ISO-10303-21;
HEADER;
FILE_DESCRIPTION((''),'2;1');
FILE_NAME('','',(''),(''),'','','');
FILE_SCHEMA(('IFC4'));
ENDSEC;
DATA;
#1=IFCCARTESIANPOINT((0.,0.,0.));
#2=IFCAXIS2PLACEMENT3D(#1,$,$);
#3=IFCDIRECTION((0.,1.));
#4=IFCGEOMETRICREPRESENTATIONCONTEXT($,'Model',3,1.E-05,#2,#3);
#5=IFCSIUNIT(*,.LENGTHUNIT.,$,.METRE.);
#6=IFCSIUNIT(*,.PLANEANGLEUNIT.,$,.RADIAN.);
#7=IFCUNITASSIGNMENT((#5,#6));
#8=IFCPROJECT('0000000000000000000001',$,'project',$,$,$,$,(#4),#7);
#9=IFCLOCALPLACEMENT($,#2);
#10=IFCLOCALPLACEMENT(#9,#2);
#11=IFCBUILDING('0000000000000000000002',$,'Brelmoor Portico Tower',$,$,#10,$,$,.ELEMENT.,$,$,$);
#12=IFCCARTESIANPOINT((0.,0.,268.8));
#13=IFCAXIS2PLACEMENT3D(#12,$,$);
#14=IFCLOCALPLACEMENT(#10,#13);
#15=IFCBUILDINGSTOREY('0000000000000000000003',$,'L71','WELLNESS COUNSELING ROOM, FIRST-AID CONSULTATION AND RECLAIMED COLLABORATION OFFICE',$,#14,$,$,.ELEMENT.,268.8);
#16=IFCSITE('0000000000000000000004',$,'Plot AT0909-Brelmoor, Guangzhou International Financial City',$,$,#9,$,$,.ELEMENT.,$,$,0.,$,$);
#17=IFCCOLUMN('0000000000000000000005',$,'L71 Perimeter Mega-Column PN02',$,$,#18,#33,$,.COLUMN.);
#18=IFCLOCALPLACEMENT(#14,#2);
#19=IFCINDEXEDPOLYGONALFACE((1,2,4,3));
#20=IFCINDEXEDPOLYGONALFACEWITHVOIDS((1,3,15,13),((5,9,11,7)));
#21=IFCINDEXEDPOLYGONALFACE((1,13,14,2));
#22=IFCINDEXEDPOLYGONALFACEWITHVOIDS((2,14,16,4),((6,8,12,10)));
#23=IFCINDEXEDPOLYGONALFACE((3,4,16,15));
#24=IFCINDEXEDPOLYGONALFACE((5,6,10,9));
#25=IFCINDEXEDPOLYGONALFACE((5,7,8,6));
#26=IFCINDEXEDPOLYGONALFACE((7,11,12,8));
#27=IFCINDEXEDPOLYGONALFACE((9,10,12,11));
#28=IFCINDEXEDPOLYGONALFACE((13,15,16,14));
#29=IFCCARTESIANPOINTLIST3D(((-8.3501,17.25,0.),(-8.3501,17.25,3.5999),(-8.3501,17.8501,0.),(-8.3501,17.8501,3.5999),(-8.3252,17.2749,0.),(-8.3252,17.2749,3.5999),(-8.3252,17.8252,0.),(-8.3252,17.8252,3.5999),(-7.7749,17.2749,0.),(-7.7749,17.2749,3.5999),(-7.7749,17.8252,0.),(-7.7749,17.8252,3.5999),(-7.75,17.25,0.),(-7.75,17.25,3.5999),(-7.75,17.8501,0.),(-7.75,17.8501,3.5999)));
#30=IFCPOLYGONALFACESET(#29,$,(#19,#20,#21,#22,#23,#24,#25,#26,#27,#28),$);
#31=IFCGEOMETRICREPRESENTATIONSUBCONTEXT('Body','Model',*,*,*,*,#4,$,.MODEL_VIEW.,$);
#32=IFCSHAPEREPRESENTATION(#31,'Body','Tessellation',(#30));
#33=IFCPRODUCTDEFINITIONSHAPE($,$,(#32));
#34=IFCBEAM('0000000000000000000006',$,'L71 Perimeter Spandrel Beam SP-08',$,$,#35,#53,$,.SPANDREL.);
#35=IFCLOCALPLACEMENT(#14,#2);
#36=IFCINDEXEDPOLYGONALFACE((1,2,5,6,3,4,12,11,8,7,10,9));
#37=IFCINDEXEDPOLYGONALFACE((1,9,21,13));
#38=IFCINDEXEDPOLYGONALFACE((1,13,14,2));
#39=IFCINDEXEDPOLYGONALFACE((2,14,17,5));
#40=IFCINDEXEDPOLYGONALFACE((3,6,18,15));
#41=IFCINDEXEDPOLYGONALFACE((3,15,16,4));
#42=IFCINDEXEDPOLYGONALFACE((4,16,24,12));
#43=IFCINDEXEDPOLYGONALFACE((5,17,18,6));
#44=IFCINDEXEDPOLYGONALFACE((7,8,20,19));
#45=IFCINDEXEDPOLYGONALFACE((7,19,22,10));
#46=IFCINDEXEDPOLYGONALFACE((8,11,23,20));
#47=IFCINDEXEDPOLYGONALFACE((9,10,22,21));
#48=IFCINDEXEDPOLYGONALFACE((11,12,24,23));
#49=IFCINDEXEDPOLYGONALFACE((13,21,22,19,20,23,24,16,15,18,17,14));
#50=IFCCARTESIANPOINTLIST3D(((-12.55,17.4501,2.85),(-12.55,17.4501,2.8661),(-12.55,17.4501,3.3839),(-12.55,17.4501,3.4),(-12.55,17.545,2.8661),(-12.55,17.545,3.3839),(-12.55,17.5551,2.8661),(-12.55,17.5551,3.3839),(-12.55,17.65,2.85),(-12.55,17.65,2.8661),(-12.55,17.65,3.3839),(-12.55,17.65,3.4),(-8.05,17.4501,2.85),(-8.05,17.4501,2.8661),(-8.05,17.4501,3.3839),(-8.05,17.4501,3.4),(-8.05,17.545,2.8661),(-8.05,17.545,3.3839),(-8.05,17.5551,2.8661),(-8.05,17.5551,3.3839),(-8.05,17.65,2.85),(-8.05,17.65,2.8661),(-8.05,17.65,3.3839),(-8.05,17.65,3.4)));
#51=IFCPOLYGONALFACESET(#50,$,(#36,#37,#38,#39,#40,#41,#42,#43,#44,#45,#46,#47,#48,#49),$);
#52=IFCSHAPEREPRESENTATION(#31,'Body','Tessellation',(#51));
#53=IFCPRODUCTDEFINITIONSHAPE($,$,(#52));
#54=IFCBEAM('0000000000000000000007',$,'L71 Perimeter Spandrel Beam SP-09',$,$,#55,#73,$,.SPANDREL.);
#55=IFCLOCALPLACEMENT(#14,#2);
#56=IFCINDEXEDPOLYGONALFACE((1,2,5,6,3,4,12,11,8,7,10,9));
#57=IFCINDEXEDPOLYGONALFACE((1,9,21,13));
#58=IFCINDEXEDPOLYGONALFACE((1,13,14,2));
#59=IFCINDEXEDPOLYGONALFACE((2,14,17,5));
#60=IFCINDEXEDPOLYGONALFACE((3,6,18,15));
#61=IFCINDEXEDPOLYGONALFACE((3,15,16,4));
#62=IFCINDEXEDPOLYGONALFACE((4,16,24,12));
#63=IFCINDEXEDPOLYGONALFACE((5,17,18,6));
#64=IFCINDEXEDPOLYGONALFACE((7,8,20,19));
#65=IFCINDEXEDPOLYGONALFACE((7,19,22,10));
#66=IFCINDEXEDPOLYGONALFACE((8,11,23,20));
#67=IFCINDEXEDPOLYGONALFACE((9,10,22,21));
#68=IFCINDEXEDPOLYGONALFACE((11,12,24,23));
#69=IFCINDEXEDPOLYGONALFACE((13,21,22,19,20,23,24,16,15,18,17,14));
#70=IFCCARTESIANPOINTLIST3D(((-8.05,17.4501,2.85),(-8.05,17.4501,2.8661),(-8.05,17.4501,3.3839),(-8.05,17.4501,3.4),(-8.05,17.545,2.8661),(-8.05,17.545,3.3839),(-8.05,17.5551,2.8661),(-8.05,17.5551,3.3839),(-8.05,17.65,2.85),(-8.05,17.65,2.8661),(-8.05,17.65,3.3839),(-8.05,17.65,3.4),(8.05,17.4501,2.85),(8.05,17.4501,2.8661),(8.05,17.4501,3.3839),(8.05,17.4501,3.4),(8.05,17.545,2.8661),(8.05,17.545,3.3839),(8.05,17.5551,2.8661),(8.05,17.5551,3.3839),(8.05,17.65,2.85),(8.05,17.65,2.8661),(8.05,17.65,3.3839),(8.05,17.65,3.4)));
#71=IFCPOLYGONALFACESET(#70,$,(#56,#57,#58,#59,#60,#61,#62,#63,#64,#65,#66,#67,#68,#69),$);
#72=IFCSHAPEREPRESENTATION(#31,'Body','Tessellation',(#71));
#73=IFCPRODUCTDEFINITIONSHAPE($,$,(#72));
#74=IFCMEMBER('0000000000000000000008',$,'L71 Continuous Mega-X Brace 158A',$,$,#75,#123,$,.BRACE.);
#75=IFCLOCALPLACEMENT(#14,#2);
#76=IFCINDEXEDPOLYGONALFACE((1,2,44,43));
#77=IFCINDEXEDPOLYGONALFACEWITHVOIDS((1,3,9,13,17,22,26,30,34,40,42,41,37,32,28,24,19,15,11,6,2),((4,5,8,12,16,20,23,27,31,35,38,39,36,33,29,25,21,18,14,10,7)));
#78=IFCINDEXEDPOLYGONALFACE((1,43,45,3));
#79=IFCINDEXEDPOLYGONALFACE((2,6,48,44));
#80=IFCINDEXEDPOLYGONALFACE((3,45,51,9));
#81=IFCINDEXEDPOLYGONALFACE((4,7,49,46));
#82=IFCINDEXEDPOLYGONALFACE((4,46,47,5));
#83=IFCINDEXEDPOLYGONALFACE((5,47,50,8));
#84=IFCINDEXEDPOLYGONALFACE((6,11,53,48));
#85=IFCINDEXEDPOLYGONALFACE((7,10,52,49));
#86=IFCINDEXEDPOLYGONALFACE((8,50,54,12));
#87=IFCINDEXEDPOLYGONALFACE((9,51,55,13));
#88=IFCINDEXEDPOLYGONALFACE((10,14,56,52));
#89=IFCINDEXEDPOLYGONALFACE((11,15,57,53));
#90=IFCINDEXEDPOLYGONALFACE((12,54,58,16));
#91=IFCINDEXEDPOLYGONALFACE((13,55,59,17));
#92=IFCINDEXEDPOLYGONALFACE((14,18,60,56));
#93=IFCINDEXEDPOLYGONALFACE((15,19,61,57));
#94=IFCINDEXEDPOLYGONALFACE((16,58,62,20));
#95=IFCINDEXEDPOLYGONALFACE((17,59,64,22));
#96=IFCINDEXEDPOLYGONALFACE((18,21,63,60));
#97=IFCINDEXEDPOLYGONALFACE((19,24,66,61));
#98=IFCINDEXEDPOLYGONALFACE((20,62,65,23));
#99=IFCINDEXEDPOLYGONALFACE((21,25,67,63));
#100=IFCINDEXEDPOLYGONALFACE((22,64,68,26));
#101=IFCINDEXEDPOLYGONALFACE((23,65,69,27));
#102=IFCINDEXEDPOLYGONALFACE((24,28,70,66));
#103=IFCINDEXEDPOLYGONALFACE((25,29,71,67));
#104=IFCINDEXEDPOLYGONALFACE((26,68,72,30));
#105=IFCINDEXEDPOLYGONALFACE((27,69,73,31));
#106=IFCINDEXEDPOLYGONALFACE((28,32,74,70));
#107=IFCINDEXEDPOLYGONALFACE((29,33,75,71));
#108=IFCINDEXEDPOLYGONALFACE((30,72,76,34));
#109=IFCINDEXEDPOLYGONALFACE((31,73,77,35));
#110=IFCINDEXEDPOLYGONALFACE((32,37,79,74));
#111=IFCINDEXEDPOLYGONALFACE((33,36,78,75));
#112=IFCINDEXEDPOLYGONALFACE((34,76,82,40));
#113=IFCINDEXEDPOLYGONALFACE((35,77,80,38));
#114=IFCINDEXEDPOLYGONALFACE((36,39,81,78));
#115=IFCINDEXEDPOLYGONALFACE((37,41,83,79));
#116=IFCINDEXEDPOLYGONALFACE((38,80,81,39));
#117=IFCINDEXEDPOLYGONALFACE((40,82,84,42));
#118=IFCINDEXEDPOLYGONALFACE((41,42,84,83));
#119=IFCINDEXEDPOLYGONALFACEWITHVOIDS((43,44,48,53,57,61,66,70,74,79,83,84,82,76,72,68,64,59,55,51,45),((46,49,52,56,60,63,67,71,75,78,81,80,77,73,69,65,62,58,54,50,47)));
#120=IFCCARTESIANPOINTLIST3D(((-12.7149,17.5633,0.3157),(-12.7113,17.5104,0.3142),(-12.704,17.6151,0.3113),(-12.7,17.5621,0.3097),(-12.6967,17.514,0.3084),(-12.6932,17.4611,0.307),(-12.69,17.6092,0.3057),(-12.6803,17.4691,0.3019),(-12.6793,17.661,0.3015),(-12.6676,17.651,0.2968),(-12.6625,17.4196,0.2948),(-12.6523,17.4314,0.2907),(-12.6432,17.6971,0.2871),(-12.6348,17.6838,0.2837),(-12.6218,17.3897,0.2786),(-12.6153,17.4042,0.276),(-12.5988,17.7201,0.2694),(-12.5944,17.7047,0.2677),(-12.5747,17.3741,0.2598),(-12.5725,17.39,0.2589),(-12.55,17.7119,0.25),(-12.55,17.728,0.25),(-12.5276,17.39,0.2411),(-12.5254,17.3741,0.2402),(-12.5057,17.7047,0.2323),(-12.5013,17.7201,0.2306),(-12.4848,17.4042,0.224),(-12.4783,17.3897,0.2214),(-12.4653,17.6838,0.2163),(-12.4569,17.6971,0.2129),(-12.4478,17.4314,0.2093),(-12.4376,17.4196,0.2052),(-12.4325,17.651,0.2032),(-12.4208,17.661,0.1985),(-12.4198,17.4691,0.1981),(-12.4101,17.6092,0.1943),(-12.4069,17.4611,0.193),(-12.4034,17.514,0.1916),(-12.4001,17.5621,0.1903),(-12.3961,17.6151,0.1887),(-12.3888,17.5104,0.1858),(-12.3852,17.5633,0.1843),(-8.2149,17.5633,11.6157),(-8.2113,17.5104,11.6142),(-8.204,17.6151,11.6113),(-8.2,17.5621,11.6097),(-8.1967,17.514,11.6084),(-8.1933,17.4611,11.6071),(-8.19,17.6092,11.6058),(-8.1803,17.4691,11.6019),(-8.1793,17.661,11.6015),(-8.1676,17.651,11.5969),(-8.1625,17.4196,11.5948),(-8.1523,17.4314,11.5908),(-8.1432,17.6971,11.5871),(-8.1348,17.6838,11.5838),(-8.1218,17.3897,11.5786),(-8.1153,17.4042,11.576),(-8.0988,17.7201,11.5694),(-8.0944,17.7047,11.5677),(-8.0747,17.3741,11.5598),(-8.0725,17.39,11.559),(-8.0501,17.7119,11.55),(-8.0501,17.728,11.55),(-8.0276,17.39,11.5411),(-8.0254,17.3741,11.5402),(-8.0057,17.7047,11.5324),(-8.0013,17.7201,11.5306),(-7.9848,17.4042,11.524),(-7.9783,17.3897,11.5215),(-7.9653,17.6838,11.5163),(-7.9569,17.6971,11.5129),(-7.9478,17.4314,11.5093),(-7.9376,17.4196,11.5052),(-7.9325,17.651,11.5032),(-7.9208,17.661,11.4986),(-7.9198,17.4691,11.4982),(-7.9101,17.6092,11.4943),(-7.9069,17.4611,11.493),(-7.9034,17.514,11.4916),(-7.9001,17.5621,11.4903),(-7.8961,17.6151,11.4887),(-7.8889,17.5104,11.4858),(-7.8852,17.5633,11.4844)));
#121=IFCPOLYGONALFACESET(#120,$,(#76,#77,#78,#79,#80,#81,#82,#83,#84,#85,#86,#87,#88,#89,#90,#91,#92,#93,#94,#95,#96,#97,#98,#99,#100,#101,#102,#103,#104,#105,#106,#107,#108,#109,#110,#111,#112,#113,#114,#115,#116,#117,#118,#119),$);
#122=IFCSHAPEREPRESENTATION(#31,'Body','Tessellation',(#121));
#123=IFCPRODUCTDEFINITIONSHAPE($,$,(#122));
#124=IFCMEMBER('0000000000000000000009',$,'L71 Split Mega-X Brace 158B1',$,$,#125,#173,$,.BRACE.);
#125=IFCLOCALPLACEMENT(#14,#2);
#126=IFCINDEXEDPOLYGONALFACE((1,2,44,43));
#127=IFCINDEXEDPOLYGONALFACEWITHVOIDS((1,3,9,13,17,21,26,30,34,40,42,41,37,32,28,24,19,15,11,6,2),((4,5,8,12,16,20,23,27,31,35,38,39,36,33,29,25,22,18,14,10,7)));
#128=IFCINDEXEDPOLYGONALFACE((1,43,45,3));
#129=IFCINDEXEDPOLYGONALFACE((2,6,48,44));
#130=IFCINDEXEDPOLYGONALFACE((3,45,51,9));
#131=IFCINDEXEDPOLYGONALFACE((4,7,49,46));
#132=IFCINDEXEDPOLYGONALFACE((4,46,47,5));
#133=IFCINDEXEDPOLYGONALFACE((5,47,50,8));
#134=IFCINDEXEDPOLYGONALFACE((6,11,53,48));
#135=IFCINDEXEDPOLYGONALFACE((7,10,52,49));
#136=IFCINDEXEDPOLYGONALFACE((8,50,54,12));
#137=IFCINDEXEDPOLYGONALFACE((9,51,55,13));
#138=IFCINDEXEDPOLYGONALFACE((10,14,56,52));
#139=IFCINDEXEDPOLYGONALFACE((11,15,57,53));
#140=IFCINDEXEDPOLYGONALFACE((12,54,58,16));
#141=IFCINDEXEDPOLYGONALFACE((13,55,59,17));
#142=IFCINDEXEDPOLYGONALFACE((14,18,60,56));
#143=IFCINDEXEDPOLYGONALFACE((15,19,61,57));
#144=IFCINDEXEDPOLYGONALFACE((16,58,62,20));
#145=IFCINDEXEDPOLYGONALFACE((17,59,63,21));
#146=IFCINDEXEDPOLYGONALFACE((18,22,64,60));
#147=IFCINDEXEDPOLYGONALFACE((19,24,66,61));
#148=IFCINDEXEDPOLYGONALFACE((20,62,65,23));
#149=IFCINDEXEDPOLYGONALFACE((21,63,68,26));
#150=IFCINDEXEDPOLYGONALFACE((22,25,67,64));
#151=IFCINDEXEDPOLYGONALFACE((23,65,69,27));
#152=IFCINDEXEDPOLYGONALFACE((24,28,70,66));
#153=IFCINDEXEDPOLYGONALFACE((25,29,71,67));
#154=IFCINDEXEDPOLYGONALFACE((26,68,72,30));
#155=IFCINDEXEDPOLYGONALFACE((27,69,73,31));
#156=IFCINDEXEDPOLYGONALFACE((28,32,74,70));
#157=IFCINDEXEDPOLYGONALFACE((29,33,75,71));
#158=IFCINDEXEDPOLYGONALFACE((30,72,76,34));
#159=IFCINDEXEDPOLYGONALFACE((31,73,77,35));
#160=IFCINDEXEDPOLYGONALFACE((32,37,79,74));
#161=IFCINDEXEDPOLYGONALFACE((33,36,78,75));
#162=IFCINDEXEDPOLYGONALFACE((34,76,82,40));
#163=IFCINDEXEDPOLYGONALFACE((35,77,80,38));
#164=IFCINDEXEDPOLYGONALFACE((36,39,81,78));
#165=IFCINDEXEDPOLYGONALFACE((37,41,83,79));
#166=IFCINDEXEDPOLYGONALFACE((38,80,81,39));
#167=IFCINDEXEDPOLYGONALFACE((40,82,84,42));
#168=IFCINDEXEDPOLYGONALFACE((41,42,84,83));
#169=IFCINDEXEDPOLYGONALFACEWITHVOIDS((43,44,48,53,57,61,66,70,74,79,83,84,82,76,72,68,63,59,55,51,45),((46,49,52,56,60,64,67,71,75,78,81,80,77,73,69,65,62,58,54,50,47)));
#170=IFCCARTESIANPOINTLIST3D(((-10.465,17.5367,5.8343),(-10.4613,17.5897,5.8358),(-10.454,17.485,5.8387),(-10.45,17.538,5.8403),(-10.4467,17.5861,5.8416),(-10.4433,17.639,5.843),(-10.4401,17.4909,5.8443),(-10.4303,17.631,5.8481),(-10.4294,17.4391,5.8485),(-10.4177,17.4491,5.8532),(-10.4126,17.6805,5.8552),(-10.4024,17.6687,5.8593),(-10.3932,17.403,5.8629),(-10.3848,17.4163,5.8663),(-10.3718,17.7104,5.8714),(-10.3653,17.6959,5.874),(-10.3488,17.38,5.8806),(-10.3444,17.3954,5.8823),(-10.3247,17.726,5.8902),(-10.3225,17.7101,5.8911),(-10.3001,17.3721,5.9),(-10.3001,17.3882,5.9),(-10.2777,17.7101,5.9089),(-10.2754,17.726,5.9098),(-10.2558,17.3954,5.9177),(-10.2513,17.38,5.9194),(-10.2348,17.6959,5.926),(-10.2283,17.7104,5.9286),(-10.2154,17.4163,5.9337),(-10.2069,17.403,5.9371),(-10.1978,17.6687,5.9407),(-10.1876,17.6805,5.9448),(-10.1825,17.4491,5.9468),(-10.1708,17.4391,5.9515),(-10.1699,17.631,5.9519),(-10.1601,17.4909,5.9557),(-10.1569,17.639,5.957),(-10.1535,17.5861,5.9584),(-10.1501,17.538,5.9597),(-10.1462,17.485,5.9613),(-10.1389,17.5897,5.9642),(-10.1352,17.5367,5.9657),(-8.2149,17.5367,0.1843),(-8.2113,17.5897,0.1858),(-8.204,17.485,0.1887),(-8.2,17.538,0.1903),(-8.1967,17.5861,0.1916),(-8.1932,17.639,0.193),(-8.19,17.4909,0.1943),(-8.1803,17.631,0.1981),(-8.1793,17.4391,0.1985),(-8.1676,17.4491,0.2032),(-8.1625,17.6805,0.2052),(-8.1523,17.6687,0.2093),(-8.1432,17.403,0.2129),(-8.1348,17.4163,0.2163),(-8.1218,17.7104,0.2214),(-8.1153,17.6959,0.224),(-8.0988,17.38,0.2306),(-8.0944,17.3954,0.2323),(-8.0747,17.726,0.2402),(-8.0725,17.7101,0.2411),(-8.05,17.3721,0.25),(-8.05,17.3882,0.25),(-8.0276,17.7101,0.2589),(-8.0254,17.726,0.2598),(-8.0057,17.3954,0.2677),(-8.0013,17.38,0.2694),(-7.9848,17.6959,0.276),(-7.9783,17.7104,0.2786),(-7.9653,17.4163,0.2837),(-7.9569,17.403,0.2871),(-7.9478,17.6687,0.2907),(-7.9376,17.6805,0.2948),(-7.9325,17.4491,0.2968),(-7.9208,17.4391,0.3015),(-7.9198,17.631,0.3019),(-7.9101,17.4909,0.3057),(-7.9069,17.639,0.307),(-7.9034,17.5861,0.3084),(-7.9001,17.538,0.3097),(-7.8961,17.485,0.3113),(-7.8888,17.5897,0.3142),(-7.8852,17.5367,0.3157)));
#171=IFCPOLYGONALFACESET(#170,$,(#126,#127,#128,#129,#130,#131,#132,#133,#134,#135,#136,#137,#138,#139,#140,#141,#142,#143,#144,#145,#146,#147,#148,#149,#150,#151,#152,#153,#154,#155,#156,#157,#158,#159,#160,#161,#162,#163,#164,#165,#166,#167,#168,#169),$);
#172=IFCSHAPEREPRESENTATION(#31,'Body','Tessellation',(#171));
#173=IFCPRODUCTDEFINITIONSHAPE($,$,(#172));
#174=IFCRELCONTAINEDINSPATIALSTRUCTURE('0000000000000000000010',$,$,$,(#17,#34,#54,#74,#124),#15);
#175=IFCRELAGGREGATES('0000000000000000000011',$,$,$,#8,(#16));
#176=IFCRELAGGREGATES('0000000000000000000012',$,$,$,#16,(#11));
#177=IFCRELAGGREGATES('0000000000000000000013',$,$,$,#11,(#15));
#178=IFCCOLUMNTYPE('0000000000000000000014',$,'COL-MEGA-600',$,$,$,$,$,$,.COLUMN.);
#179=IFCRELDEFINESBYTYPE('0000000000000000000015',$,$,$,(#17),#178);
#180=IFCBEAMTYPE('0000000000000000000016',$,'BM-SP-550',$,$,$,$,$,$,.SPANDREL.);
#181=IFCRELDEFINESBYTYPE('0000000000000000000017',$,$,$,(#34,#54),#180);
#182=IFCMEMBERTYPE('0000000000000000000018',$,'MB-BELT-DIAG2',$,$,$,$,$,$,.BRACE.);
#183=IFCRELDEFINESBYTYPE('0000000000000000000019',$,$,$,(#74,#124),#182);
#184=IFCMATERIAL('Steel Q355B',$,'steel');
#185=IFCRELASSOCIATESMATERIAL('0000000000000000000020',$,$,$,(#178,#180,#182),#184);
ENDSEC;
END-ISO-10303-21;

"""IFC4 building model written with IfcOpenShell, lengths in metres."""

from ifc_helpers import new_model, si_unit, direction, frame, origin, origin_2d, place, context, subcontext, project, spatial, hollow_rectangle, hollow_circle, i_section, extrude, material, material_profile, profile_set, type_object, element, save


model = new_model("IFC4")

# Units and contexts
model_context = context("Model", 3, precision=1e-05, world=origin(), true_north=direction((0.0, 1.0)))
body_context = subcontext(model_context, "Body", "Model", "MODEL_VIEW")
ifc_project = project(units=[si_unit("LENGTHUNIT", "METRE"), si_unit("PLANEANGLEUNIT", "RADIAN")], contexts=[model_context])

# Site, building, storey
site_placement = place(None, origin())
site = spatial("IfcSite", under=ifc_project, at=site_placement, Name="Plot AT0909-Brelmoor, Guangzhou International Financial City", CompositionType="ELEMENT", RefElevation=0.0)
building_placement = place(site_placement, origin())
building = spatial("IfcBuilding", under=site, at=building_placement, Name="Brelmoor Portico Tower", CompositionType="ELEMENT")
storey_placement = place(building_placement, frame((0.0, 0.0, 268.8)))
storey = spatial("IfcBuildingStorey", under=building, at=storey_placement, Name="L71", Description="WELLNESS COUNSELING ROOM, FIRST-AID CONSULTATION AND RECLAIMED COLLABORATION OFFICE", CompositionType="ELEMENT", Elevation=268.8)

# Column
ifc_material_1 = material(Name="Steel Q355B", Category="steel")
ifc_material_profile_1 = material_profile(ifc_material_1, hollow_rectangle(XDim=0.6001, YDim=0.6001, WallThickness=0.0249, at=origin_2d()), Name="BOX 600x600x25")
ifc_profile_set_1 = profile_set([ifc_material_profile_1], Name="Steel Q355B")
column_type = type_object("IfcColumnType", Name="COL-MEGA-600", PredefinedType="COLUMN", material=ifc_profile_set_1)
column_placement = place(storey_placement, frame((-8.05, 17.55, 0.0), z_axis=(0.0, 0.0, 1.0), x_axis=(1.0, 0.0, 0.0)))
element("IfcColumn", 1, at=column_placement, inside=storey, type_object=column_type, Name="L71 Perimeter Mega-Column PN02", PredefinedType="COLUMN", context=body_context, shape_type="SweptSolid", body=[
    extrude(hollow_rectangle(XDim=0.6001, YDim=0.6001, WallThickness=0.0249, at=origin_2d()), origin(), (0.0, 0.0, 1.0), 3.5999),
])

# Beams
ifc_material_profile_2 = material_profile(ifc_material_1, i_section(OverallWidth=0.2, OverallDepth=0.55, WebThickness=0.01, FlangeThickness=0.0161, at=origin_2d()), Name="HN 550x200x10x16")
ifc_profile_set_2 = profile_set([ifc_material_profile_2], Name="Steel Q355B")
beam_type = type_object("IfcBeamType", Name="BM-SP-550", PredefinedType="SPANDREL", material=ifc_profile_set_2)
beam_1_placement = place(storey_placement, frame((-12.55, 17.55, 3.125), z_axis=(1.0, 0.0, 0.0), x_axis=(0.0, 1.0, 0.0)))
element("IfcBeam", 2, at=beam_1_placement, inside=storey, type_object=beam_type, Name="L71 Perimeter Spandrel Beam SP-08", PredefinedType="SPANDREL", context=body_context, shape_type="SweptSolid", body=[
    extrude(i_section(OverallWidth=0.2, OverallDepth=0.55, WebThickness=0.01, FlangeThickness=0.0161, at=origin_2d()), origin(), (0.0, 0.0, 1.0), 4.5),
])
beam_2_placement = place(storey_placement, frame((-8.05, 17.55, 3.125), z_axis=(1.0, 0.0, 0.0), x_axis=(0.0, 1.0, 0.0)))
element("IfcBeam", 3, at=beam_2_placement, inside=storey, type_object=beam_type, Name="L71 Perimeter Spandrel Beam SP-09", PredefinedType="SPANDREL", context=body_context, shape_type="SweptSolid", body=[
    extrude(i_section(OverallWidth=0.2, OverallDepth=0.55, WebThickness=0.01, FlangeThickness=0.0161, at=origin_2d()), origin(), (0.0, 0.0, 1.0), 16.1001),
])

# Members
ifc_material_profile_3 = material_profile(ifc_material_1, hollow_circle(Radius=0.178, WallThickness=0.0161, at=origin_2d()), Name="CHS 356x16")
ifc_profile_set_3 = profile_set([ifc_material_profile_3], Name="Steel Q355B")
member_type_1 = type_object("IfcMemberType", Name="MB-BELT-DIAG2", PredefinedType="BRACE", material=ifc_profile_set_3)
member_1_placement = place(storey_placement, frame((-12.55, 17.55, 0.25), z_axis=(0.369971, 0.0, 0.929043), x_axis=(0.0, 1.0, 0.0)))
element("IfcMember", 4, at=member_1_placement, inside=storey, type_object=member_type_1, Name="L71 Continuous Mega-X Brace 158A", PredefinedType="BRACE", context=body_context, shape_type="SweptSolid", body=[
    extrude(hollow_circle(Radius=0.178, WallThickness=0.0161, at=origin_2d()), origin(), (0.0, 0.0, 1.0), 12.1631),
])
member_2_placement = place(storey_placement, frame((-8.05, 17.55, 0.25), z_axis=(-0.369978, 0.0, 0.92904), x_axis=(0.0, -1.0, 0.0)))
element("IfcMember", 5, at=member_2_placement, inside=storey, type_object=member_type_1, Name="L71 Split Mega-X Brace 158B1", PredefinedType="BRACE", context=body_context, shape_type="SweptSolid", body=[
    extrude(hollow_circle(Radius=0.178, WallThickness=0.0161, at=origin_2d()), origin(), (0.0, 0.0, 1.0), 6.0815),
])

save(model, "model.ifc")
